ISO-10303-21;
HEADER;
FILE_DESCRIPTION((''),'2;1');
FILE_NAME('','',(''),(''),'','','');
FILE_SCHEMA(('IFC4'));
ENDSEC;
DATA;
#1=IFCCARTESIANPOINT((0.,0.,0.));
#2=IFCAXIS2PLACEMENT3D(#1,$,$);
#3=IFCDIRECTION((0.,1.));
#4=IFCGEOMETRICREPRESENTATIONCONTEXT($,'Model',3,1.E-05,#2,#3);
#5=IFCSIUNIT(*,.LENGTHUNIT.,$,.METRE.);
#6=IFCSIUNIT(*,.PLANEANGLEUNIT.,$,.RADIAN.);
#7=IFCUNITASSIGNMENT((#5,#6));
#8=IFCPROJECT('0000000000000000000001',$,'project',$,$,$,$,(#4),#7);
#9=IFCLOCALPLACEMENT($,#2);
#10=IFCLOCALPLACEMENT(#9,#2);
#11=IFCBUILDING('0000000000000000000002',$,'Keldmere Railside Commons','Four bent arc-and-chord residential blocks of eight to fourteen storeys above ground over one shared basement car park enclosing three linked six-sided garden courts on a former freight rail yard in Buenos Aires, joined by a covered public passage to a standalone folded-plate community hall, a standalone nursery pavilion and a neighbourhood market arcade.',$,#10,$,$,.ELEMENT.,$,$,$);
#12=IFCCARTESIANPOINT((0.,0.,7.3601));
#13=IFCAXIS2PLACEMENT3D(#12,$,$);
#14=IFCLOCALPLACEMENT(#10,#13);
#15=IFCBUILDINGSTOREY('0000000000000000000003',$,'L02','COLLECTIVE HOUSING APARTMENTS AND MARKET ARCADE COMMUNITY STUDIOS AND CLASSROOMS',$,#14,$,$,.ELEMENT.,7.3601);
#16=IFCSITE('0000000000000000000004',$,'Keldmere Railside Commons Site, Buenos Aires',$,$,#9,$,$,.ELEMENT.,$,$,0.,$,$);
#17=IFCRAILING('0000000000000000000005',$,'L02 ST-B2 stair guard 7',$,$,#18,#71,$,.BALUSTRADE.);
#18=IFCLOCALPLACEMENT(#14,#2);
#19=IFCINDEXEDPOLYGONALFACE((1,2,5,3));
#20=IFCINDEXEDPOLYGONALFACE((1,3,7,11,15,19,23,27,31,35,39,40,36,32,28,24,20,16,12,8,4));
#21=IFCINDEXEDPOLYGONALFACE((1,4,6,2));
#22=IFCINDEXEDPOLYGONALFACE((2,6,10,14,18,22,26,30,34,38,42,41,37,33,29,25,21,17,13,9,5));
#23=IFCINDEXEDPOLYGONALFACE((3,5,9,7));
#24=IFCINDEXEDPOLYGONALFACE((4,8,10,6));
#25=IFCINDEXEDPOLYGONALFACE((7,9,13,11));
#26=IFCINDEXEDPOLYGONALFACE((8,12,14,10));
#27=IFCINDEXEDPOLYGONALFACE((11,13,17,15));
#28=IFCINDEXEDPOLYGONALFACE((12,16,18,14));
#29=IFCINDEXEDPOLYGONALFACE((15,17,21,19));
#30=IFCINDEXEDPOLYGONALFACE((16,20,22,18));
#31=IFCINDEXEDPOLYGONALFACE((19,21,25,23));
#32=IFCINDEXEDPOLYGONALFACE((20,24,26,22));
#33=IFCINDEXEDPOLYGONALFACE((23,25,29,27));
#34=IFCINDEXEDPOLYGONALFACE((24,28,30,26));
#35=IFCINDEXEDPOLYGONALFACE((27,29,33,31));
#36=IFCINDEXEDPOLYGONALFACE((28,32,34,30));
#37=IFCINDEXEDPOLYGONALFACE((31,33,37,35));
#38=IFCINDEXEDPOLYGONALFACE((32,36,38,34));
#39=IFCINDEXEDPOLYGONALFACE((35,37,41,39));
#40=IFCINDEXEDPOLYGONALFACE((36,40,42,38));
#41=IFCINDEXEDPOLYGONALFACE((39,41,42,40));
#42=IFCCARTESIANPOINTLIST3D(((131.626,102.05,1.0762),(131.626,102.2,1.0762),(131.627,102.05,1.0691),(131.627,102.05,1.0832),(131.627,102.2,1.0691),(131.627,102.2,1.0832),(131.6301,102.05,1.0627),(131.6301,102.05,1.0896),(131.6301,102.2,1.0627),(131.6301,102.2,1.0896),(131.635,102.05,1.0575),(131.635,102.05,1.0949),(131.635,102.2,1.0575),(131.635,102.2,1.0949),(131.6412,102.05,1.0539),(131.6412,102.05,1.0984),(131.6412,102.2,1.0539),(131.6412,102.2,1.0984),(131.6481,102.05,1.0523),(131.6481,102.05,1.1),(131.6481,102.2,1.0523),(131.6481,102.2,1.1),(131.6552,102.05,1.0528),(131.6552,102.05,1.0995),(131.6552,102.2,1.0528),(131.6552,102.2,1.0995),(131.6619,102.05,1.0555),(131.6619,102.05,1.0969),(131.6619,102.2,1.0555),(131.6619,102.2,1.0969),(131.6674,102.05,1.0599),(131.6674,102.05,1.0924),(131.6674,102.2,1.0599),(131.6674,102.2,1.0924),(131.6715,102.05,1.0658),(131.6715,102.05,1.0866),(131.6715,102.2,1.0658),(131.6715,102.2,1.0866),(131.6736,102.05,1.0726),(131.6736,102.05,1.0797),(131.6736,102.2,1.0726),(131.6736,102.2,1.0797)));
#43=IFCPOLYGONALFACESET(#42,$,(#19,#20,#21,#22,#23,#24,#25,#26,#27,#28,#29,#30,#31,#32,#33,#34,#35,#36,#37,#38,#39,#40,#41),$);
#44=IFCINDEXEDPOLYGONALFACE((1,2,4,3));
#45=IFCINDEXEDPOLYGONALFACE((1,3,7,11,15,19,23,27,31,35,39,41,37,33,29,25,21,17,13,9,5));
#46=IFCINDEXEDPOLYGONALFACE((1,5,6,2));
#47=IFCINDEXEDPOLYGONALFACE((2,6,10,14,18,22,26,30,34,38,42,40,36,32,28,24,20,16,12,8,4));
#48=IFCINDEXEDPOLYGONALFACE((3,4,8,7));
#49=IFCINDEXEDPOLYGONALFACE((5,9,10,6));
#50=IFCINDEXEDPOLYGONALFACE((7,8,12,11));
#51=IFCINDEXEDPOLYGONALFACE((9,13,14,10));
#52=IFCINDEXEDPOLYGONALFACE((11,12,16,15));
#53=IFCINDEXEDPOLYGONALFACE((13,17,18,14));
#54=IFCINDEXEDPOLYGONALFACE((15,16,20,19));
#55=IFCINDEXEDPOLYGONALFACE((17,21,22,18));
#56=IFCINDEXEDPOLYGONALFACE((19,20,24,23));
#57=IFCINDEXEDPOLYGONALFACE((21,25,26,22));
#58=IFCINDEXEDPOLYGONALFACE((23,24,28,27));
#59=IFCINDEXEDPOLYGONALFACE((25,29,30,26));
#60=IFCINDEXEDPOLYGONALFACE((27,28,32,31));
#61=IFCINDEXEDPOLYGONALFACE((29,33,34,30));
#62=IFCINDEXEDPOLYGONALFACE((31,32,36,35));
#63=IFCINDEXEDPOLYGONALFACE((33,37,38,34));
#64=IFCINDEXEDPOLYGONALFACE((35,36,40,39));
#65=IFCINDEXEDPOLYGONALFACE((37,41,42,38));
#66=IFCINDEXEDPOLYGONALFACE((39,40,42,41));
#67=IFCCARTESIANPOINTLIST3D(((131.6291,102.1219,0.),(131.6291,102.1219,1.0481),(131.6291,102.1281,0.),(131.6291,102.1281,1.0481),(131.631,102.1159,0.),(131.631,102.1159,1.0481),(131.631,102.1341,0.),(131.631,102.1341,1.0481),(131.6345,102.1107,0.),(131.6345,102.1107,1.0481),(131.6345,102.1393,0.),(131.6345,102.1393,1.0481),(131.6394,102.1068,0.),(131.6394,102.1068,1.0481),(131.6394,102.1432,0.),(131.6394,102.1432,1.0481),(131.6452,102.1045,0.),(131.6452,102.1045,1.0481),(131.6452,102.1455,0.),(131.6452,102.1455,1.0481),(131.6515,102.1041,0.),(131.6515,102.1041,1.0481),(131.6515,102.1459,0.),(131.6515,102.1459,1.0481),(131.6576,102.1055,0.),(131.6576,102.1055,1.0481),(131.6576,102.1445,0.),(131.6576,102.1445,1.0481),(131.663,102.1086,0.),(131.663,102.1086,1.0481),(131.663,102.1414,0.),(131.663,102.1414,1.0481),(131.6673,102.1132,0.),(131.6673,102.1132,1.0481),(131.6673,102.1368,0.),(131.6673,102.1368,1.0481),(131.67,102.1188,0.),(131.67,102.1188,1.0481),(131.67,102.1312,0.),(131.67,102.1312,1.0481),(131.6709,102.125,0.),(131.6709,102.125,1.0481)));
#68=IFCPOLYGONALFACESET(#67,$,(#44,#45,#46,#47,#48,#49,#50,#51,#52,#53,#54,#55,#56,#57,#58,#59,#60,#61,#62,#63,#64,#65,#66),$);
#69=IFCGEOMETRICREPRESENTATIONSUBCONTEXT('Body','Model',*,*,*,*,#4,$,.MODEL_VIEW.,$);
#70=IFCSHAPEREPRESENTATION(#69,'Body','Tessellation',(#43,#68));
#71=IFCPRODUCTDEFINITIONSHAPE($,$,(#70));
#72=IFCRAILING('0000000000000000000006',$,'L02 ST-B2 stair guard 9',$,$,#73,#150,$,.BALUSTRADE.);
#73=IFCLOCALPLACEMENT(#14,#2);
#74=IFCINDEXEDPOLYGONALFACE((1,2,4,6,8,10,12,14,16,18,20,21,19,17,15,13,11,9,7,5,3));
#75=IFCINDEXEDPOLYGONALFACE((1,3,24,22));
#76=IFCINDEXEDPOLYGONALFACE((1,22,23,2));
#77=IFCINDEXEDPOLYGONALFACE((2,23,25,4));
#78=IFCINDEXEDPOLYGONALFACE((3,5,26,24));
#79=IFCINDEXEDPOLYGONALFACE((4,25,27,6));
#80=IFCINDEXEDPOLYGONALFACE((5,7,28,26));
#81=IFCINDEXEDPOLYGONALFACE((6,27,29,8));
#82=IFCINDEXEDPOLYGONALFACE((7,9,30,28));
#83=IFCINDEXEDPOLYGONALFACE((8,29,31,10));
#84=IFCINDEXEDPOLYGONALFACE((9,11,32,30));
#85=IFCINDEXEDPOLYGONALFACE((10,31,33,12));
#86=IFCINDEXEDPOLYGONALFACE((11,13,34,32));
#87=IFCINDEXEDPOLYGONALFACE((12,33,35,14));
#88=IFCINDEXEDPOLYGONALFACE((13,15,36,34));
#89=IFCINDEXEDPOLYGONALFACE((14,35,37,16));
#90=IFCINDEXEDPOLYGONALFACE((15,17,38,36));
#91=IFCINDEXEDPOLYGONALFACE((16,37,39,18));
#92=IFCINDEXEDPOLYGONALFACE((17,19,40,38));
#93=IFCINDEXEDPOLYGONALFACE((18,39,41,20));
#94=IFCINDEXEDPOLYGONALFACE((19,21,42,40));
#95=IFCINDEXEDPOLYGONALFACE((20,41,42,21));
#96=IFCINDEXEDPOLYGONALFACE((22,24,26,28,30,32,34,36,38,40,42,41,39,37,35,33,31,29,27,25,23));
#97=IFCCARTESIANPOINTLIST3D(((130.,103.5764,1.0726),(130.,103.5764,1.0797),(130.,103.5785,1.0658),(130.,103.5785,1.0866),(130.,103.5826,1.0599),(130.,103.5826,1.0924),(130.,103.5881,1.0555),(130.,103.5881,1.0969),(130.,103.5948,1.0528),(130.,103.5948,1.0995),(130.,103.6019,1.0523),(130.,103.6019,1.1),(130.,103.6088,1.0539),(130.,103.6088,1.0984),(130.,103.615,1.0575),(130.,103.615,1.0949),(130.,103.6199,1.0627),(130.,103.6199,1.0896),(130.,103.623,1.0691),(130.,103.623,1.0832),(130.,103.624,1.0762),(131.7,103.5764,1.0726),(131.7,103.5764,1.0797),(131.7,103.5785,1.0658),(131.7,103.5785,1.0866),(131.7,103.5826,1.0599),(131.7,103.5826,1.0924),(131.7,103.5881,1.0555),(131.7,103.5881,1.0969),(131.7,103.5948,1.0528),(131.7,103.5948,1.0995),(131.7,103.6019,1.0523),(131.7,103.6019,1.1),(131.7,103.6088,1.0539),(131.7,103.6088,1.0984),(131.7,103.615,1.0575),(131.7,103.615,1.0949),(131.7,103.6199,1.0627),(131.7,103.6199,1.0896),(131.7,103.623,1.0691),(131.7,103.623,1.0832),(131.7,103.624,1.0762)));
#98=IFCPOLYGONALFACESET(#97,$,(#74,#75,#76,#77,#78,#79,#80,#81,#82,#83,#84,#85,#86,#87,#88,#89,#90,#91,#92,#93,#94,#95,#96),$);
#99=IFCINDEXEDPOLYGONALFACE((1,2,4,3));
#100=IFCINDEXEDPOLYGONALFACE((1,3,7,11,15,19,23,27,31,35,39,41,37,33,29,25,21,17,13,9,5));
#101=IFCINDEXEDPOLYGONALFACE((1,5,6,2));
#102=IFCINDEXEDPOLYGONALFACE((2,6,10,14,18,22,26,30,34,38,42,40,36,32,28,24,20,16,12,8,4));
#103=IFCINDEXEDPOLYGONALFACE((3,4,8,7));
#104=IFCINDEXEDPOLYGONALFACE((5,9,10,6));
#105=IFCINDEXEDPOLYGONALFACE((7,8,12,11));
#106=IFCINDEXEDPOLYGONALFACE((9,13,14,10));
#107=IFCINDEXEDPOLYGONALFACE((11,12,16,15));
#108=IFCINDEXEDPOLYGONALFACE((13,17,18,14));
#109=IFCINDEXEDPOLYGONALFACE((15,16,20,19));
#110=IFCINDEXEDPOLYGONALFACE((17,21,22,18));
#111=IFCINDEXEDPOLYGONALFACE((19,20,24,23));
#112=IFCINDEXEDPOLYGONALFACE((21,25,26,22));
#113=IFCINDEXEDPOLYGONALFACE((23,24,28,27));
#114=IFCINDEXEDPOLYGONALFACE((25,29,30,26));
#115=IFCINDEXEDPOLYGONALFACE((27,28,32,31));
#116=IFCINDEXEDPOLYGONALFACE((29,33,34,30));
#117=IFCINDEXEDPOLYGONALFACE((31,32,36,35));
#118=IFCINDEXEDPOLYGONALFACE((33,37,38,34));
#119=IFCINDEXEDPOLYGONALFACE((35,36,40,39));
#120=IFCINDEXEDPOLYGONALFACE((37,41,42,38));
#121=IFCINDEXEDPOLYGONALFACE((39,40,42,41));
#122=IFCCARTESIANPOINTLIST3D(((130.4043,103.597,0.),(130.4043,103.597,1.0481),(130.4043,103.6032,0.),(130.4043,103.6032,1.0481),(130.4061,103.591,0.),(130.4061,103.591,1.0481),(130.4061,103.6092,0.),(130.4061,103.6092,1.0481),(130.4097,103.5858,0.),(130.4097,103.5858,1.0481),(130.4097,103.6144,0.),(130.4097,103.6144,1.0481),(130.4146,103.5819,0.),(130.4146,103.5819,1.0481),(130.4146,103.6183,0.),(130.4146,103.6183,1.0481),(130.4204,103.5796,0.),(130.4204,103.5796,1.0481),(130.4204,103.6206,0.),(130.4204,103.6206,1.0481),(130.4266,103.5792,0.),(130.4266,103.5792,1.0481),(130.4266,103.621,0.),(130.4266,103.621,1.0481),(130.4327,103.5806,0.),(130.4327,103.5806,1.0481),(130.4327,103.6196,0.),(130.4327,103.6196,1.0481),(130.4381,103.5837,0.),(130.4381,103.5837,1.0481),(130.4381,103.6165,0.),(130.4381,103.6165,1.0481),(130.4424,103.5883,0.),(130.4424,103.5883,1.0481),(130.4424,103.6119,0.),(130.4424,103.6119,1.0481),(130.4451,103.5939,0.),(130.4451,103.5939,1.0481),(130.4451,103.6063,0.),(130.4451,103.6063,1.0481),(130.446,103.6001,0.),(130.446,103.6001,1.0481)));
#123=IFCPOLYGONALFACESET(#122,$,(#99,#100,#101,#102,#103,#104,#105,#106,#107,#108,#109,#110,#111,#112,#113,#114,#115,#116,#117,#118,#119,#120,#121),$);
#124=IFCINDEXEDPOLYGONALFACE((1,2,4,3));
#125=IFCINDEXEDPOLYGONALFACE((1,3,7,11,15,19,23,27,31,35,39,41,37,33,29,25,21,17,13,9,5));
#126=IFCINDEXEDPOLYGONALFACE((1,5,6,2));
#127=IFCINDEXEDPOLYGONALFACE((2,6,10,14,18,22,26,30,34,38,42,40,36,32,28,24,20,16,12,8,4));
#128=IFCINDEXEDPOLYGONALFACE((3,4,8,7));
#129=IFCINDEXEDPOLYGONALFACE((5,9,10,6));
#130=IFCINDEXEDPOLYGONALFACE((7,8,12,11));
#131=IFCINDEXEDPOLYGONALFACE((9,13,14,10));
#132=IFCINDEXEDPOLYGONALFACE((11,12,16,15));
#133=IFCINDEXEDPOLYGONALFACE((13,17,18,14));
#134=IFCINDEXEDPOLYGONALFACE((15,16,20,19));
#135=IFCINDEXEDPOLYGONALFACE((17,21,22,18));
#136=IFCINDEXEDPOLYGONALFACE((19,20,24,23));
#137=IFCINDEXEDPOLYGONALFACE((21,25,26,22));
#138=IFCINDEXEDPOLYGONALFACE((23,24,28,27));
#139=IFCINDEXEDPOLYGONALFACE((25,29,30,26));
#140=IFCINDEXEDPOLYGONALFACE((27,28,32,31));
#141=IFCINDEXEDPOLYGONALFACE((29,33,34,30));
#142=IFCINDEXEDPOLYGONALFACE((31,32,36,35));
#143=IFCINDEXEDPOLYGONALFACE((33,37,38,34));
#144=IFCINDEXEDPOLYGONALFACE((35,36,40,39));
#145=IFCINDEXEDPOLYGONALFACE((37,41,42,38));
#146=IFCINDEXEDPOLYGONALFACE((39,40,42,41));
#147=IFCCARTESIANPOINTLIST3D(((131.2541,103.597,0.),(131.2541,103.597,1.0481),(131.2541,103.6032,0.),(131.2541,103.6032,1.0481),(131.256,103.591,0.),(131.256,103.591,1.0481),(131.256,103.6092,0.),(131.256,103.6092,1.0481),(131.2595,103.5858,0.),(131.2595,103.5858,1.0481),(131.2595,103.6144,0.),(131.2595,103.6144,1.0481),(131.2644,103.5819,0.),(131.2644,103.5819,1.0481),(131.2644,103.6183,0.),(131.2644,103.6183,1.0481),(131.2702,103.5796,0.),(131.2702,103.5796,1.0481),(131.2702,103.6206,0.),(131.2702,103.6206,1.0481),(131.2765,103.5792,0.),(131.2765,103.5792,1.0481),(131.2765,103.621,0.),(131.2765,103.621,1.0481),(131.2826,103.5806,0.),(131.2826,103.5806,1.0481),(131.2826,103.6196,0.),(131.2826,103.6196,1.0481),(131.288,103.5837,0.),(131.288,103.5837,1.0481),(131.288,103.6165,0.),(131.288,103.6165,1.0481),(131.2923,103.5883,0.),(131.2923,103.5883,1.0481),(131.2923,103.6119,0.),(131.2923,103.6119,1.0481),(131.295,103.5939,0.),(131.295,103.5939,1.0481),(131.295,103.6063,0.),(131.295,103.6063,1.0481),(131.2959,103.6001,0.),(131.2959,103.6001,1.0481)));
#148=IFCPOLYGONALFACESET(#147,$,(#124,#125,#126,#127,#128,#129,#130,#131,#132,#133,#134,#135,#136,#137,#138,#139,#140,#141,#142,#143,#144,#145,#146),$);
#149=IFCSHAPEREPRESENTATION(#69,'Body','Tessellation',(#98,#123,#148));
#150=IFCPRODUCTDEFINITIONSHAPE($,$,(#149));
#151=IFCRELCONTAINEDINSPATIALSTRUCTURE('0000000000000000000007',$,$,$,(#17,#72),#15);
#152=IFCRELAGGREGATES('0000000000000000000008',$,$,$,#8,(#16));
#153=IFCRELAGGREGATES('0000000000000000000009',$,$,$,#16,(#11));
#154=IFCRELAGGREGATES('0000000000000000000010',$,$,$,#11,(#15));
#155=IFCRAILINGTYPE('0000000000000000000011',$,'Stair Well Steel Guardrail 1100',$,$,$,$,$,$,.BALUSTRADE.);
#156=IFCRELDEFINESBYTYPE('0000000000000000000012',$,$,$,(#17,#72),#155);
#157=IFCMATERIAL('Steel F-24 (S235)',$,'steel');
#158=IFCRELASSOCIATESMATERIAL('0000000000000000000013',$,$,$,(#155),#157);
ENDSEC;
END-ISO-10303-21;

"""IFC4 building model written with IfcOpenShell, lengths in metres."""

from ifc_helpers import new_model, si_unit, direction, frame, origin, origin_2d, place, context, subcontext, project, spatial, circle, extrude, material, type_object, element, save


model = new_model("IFC4")

# Units and contexts
model_context = context("Model", 3, precision=1e-05, world=origin(), true_north=direction((0.0, 1.0)))
body_context = subcontext(model_context, "Body", "Model", "MODEL_VIEW")
ifc_project = project(units=[si_unit("LENGTHUNIT", "METRE"), si_unit("PLANEANGLEUNIT", "RADIAN")], contexts=[model_context])

# Site, building, storey
site_placement = place(None, origin())
site = spatial("IfcSite", under=ifc_project, at=site_placement, Name="Keldmere Railside Commons Site, Buenos Aires", CompositionType="ELEMENT", RefElevation=0.0)
building_placement = place(site_placement, origin())
building = spatial("IfcBuilding", under=site, at=building_placement, Name="Keldmere Railside Commons", Description="Four bent arc-and-chord residential blocks of eight to fourteen storeys above ground over one shared basement car park enclosing three linked six-sided garden courts on a former freight rail yard in Buenos Aires, joined by a covered public passage to a standalone folded-plate community hall, a standalone nursery pavilion and a neighbourhood market arcade.", CompositionType="ELEMENT")
storey_placement = place(building_placement, frame((0.0, 0.0, 7.3601)))
storey = spatial("IfcBuildingStorey", under=building, at=storey_placement, Name="L02", Description="COLLECTIVE HOUSING APARTMENTS AND MARKET ARCADE COMMUNITY STUDIOS AND CLASSROOMS", CompositionType="ELEMENT", Elevation=7.3601)

# Railings
ifc_material_1 = material(Name="Steel F-24 (S235)", Category="steel")
railing_type = type_object("IfcRailingType", Name="Stair Well Steel Guardrail 1100", PredefinedType="BALUSTRADE", material=ifc_material_1)
railing_1_placement = place(storey_placement, frame((131.6499, 102.05, 0.0)))
element("IfcRailing", 1, at=railing_1_placement, inside=storey, type_object=railing_type, Name="L02 ST-B2 stair guard 7", PredefinedType="BALUSTRADE", context=body_context, shape_type="SweptSolid", body=[
    extrude(circle(Radius=0.0239, at=origin_2d()), frame((0.0, 0.0, 1.0762), z_axis=(0.0, 1.0, 0.0), x_axis=(-1.0, 0.0, 0.0)), (0.0, 0.0, 1.0), 0.1499),
    extrude(circle(Radius=0.021, at=origin_2d()), frame((0.0, 0.075, 0.0)), (0.0, 0.0, 1.0), 1.0481),
])
railing_2_placement = place(storey_placement, frame((130.0, 103.6001, 0.0)))
element("IfcRailing", 2, at=railing_2_placement, inside=storey, type_object=railing_type, Name="L02 ST-B2 stair guard 9", PredefinedType="BALUSTRADE", context=body_context, shape_type="SweptSolid", body=[
    extrude(circle(Radius=0.0239, at=origin_2d()), frame((0.0, 0.0, 1.0762), z_axis=(1.0, 0.0, 0.0), x_axis=(0.0, 1.0, 0.0)), (0.0, 0.0, 1.0), 1.7),
    extrude(circle(Radius=0.021, at=origin_2d()), frame((0.425, 0.0, 0.0)), (0.0, 0.0, 1.0), 1.0481),
    extrude(circle(Radius=0.021, at=origin_2d()), frame((1.2749, 0.0, 0.0)), (0.0, 0.0, 1.0), 1.0481),
])

save(model, "model.ifc")
